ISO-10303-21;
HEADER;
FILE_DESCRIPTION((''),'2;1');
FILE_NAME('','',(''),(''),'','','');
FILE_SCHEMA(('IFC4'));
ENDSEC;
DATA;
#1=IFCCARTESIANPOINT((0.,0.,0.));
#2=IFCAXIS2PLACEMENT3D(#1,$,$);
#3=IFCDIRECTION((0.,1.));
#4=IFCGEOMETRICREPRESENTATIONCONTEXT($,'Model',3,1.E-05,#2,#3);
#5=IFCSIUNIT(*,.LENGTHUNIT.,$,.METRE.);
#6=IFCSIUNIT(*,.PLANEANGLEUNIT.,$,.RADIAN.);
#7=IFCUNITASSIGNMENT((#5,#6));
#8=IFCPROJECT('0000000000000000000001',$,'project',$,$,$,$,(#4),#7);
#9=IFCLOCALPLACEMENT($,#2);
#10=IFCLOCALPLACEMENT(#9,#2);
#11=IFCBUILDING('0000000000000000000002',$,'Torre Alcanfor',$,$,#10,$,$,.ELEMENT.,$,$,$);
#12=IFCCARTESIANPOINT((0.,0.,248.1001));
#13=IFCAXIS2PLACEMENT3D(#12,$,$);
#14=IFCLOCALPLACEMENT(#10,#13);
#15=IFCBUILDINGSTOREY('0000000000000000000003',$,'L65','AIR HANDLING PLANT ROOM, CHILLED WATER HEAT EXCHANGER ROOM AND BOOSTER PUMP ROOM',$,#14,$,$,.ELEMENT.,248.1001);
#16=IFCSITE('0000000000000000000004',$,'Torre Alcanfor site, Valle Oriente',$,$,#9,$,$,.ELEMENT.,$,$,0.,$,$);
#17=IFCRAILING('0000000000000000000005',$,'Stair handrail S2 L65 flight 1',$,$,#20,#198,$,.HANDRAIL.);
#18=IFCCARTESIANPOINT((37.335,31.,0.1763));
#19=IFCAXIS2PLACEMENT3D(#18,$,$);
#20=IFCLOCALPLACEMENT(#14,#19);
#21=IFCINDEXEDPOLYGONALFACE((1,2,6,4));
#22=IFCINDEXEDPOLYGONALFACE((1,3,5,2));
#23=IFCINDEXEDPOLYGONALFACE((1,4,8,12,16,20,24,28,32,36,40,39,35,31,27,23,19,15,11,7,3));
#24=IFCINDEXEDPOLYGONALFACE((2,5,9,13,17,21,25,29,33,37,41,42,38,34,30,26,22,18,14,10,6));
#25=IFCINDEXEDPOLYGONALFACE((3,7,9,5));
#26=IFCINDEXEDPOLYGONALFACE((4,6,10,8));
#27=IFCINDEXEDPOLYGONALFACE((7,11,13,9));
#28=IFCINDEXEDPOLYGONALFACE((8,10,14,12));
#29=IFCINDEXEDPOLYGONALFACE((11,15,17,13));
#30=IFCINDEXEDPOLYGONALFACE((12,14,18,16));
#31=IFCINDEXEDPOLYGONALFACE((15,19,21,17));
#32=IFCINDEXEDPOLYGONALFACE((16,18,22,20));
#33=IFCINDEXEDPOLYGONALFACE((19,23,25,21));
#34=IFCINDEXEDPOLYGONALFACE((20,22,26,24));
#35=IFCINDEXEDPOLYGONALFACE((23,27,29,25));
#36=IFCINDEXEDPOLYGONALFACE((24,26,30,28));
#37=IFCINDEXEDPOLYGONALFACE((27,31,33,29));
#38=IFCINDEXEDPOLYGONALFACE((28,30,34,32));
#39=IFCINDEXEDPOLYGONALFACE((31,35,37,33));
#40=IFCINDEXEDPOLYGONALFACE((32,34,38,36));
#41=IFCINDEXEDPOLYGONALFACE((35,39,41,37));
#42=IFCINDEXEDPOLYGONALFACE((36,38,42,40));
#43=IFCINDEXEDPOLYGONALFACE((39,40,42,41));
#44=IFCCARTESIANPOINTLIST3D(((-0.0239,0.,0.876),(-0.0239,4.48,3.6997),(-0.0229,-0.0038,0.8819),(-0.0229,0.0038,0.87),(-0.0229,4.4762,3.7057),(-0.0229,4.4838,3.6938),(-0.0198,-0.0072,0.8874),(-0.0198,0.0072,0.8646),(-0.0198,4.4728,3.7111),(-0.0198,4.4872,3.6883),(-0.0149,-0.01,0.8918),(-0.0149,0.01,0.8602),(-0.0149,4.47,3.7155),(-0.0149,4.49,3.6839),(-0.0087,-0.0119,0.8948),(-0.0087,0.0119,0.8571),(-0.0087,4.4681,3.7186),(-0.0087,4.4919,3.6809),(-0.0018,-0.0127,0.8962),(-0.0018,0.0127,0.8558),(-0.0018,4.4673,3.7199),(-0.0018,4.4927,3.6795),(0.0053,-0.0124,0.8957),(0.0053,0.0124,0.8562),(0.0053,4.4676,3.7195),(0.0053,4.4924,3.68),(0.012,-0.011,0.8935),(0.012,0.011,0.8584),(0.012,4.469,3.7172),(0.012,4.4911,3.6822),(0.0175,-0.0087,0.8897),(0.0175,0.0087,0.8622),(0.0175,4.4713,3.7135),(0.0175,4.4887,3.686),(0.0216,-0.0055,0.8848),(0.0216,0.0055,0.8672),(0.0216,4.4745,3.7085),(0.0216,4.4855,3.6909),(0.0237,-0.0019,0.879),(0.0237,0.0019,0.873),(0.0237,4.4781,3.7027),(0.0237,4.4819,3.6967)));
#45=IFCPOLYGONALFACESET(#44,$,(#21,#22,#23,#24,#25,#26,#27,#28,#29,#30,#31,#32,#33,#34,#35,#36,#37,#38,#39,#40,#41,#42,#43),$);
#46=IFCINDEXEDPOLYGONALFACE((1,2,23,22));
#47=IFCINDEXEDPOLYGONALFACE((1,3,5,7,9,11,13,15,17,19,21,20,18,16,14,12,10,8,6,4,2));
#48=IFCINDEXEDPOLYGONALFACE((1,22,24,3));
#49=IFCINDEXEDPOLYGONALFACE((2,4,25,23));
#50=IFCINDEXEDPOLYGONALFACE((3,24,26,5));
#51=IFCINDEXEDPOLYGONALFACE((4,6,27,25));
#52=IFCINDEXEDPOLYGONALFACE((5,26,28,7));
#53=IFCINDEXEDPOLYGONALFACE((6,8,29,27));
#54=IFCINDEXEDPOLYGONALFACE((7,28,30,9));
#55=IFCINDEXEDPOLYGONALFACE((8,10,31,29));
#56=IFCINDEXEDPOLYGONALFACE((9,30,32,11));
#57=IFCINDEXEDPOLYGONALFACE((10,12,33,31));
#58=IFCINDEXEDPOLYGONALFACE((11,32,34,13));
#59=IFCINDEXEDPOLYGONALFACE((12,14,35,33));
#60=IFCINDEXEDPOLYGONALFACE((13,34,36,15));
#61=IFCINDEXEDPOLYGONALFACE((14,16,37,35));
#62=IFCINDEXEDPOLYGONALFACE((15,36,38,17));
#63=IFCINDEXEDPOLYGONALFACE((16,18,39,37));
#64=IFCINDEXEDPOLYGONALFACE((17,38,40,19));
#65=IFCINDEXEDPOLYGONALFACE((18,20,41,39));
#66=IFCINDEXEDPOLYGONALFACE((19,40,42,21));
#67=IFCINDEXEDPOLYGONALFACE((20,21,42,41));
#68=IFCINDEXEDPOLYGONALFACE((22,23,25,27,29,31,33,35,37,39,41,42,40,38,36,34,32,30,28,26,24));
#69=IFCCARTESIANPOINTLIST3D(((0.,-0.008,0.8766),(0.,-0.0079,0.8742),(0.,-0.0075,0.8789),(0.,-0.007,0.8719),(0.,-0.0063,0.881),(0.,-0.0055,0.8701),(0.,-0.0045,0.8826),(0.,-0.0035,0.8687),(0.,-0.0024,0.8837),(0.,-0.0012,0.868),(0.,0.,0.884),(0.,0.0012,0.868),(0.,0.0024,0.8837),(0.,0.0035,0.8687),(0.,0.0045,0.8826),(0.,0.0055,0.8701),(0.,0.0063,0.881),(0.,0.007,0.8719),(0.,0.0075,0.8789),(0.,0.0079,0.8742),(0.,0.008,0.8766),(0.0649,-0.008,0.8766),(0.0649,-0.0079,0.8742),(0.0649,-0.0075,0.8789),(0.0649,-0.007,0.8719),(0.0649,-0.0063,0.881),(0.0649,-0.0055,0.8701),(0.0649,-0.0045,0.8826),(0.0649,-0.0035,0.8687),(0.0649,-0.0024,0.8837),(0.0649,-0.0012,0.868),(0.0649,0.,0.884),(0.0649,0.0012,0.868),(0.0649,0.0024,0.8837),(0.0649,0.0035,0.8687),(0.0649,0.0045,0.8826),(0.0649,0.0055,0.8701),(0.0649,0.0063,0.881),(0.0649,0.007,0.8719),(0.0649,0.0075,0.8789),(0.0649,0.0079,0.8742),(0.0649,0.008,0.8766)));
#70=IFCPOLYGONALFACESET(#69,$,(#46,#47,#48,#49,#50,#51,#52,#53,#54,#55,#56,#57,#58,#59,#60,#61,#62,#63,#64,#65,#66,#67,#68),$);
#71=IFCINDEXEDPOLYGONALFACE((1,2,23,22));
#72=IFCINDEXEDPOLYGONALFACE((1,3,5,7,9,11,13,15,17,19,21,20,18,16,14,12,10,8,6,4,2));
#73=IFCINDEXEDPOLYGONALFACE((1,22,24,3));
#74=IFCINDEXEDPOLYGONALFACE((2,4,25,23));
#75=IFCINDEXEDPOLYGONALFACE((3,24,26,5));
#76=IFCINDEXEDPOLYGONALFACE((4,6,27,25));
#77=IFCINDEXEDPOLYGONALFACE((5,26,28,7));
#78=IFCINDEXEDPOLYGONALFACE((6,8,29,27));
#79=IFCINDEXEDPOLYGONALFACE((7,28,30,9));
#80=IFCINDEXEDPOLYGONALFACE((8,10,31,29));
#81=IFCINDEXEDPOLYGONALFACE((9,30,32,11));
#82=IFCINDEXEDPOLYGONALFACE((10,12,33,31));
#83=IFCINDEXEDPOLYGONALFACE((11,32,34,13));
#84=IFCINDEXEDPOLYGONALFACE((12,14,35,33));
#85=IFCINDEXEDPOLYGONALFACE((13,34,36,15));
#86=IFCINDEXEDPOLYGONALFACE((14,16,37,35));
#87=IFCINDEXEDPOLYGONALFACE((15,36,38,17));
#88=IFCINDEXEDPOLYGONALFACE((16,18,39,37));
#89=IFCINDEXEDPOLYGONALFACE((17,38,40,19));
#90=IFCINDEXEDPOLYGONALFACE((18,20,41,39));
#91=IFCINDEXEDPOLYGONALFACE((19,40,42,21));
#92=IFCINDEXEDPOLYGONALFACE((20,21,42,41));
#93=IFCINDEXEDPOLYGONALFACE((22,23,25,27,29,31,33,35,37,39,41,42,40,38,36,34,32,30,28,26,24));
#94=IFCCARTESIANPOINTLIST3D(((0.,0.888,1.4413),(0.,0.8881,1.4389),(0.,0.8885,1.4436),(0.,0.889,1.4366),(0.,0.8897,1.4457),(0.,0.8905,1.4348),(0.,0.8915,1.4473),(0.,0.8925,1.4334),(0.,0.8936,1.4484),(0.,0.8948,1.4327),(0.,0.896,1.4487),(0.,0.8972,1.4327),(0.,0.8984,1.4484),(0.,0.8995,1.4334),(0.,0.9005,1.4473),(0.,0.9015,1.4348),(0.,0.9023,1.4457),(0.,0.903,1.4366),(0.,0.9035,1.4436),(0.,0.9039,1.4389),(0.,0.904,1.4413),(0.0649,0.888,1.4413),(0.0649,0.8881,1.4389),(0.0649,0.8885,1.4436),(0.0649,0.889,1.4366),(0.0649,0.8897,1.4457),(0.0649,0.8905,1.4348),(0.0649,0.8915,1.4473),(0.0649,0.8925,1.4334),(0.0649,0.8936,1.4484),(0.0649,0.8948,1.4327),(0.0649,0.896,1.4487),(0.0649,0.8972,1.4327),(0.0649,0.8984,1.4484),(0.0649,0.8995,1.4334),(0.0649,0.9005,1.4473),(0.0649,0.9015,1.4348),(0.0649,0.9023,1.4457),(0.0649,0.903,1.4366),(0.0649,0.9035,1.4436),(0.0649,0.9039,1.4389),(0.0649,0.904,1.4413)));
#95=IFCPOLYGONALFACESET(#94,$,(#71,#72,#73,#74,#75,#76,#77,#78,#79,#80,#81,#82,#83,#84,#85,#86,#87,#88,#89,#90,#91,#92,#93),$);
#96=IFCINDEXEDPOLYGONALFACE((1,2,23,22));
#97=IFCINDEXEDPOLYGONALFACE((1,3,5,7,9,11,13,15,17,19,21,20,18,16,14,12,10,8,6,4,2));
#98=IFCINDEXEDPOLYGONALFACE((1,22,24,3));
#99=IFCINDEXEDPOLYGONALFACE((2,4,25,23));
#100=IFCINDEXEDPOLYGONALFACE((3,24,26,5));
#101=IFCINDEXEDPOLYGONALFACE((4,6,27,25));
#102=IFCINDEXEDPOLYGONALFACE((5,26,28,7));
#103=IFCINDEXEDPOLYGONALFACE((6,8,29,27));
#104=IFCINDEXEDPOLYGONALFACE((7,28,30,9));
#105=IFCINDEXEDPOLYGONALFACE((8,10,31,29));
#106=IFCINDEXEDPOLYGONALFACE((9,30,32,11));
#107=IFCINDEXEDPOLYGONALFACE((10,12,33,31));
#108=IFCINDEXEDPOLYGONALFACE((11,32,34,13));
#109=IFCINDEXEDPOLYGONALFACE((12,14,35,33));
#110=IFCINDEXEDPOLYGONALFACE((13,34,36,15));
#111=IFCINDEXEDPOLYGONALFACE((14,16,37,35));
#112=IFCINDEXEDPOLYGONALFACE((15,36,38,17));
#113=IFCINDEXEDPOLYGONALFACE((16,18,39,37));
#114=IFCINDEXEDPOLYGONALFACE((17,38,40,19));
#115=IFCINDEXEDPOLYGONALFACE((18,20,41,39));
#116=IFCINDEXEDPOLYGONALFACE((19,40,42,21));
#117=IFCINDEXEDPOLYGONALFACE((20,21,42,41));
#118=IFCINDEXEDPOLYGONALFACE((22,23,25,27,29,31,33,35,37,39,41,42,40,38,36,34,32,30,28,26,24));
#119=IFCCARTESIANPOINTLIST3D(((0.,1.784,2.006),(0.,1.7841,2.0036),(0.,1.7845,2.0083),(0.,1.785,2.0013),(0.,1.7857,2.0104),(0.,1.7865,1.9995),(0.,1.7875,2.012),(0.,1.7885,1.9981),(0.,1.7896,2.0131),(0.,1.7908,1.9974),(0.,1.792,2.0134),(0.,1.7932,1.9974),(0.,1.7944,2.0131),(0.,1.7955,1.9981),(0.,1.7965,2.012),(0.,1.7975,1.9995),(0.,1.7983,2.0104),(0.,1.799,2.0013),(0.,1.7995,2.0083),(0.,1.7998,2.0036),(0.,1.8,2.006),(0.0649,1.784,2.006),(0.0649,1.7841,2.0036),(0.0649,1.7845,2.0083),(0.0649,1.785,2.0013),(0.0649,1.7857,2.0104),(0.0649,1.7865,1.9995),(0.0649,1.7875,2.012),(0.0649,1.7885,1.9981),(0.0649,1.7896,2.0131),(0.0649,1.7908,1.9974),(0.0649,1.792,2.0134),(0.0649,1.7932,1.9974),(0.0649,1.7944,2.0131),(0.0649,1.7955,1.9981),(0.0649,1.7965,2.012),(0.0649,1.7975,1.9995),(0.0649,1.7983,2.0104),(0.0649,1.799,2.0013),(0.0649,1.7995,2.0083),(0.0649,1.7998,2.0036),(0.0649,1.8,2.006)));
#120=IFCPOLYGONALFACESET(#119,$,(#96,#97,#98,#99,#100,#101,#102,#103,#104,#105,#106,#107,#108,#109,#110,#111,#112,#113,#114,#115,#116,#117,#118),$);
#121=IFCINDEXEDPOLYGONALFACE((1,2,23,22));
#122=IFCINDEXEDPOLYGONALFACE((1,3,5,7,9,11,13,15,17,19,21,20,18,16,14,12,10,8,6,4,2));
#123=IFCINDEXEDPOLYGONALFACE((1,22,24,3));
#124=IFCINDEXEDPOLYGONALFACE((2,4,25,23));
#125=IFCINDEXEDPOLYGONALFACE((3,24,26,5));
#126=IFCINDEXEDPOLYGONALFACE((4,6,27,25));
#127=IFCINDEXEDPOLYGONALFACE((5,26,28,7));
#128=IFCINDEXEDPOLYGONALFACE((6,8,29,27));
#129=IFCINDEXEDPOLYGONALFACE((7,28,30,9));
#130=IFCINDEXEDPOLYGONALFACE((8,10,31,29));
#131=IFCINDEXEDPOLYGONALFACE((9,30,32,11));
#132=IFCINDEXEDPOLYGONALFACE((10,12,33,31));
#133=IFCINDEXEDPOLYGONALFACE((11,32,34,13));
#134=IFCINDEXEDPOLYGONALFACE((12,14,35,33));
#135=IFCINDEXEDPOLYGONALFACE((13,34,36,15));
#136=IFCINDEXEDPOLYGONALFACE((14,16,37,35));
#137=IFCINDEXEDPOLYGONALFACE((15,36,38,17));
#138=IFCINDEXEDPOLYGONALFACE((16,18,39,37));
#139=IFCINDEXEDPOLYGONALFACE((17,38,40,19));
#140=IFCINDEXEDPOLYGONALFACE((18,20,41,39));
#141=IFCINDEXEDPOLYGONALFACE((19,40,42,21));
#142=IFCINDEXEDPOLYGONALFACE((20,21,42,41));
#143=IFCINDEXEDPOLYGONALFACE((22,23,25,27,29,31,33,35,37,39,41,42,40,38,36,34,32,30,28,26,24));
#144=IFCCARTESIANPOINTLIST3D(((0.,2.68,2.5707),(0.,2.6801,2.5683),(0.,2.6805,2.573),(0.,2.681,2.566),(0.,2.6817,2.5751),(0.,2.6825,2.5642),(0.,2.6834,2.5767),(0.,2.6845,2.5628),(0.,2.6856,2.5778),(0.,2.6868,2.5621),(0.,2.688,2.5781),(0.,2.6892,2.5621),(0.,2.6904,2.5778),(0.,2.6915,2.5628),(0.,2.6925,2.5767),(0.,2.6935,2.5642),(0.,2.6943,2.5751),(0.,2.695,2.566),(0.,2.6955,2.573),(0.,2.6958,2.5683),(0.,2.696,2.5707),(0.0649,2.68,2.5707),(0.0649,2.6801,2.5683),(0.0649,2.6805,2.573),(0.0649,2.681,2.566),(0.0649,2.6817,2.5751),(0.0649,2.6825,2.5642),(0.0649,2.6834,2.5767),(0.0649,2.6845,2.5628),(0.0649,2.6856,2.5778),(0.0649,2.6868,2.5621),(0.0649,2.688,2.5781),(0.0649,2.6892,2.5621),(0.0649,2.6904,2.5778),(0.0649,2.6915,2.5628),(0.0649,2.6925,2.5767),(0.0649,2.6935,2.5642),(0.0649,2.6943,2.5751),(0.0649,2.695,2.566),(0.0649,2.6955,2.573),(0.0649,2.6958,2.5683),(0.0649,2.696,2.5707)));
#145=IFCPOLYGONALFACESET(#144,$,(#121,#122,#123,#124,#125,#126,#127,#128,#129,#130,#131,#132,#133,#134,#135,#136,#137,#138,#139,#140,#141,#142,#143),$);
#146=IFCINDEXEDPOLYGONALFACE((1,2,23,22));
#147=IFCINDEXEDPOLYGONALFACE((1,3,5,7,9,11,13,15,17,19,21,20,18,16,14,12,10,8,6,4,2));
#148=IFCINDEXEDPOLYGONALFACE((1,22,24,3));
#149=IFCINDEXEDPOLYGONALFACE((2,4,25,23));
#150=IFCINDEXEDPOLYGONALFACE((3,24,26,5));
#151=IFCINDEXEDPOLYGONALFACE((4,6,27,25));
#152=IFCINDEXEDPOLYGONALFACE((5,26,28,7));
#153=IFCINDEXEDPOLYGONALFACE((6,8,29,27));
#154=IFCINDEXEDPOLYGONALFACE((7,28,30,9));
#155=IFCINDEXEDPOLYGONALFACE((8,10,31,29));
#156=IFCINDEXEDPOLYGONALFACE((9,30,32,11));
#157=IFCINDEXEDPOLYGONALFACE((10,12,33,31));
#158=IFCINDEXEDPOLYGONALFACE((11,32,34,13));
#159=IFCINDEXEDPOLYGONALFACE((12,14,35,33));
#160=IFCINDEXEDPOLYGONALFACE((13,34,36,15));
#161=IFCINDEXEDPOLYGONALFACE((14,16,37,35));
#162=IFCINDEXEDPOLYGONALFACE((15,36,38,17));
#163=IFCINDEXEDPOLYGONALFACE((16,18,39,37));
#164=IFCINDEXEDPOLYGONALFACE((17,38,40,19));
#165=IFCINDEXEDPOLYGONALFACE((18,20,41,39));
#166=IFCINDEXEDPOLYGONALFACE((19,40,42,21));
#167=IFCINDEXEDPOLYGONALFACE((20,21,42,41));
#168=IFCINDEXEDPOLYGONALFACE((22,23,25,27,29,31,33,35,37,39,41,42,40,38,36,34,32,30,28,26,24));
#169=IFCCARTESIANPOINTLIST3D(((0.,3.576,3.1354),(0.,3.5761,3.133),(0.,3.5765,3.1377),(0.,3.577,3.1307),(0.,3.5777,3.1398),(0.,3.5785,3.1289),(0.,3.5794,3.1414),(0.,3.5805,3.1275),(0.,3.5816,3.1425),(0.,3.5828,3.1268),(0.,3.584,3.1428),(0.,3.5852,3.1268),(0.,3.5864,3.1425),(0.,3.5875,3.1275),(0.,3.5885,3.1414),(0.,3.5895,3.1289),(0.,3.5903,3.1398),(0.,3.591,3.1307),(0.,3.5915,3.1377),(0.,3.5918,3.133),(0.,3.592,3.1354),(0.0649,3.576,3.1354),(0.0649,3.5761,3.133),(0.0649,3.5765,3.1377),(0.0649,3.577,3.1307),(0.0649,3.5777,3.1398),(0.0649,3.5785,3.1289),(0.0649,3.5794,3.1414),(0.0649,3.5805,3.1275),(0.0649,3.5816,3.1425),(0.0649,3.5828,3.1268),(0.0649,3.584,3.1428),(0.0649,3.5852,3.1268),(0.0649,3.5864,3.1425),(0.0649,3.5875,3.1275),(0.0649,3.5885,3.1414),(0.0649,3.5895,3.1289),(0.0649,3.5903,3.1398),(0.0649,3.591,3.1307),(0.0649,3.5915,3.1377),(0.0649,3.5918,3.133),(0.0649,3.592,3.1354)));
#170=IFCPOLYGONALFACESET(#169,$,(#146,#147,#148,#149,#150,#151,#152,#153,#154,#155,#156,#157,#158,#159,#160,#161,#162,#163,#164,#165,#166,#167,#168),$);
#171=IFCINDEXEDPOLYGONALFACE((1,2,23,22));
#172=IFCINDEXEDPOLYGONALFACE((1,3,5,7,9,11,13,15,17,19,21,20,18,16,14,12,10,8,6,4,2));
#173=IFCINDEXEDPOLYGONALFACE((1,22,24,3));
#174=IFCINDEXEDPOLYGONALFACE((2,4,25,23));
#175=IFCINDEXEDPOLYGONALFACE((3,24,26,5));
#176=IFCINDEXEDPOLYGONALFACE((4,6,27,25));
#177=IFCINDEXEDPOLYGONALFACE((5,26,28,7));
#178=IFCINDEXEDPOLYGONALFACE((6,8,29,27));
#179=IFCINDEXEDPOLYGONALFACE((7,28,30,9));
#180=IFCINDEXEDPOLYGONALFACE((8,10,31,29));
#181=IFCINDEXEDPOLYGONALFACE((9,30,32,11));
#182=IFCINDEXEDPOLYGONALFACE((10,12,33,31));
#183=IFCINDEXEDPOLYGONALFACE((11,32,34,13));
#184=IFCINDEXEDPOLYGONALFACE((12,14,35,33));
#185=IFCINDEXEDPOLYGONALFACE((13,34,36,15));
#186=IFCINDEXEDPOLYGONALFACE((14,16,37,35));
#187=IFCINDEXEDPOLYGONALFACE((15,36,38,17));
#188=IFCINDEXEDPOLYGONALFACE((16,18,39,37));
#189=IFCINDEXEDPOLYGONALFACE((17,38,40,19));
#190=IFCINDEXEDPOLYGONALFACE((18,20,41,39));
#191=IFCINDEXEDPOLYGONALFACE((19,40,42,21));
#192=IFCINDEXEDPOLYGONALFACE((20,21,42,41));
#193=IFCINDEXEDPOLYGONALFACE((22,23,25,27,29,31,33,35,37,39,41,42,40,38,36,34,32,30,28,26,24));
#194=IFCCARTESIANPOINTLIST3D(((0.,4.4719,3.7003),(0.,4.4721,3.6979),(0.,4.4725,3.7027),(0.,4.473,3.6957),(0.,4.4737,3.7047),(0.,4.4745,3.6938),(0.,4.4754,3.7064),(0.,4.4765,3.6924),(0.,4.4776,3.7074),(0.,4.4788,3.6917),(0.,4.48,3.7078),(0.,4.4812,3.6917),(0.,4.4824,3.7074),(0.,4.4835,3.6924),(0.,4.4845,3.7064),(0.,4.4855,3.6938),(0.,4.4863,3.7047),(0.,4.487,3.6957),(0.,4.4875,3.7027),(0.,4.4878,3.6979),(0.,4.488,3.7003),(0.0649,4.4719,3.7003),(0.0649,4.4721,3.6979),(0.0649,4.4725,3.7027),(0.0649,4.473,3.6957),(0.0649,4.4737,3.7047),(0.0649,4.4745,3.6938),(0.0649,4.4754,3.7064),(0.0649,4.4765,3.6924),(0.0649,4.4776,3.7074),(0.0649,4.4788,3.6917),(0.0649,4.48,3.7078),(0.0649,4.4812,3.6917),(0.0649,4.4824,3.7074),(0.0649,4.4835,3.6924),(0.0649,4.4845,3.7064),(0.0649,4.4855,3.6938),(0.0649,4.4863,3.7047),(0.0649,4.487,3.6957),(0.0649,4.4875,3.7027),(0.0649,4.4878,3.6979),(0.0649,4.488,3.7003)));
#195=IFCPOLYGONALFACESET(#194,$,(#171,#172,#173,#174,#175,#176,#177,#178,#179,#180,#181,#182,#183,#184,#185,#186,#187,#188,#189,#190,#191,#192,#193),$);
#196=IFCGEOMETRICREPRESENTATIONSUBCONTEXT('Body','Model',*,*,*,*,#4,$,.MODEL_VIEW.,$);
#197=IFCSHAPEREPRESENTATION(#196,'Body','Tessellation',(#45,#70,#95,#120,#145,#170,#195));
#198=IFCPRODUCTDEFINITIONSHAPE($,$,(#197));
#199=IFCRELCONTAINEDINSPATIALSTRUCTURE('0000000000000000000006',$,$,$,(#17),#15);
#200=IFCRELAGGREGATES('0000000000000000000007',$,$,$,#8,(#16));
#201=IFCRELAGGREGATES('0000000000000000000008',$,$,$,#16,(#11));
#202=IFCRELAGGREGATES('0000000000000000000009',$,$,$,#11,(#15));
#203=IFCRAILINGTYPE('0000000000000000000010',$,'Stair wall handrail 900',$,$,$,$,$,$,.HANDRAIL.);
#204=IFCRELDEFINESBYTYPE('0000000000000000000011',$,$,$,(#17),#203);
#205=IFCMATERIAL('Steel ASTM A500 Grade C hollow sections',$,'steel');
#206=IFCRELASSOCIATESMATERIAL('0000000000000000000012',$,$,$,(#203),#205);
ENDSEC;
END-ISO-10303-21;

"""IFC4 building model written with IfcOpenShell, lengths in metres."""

from ifc_helpers import new_model, si_unit, direction, frame, origin, origin_2d, place, context, subcontext, project, spatial, circle, extrude, material, type_object, element, save


model = new_model("IFC4")

# Units and contexts
model_context = context("Model", 3, precision=1e-05, world=origin(), true_north=direction((0.0, 1.0)))
body_context = subcontext(model_context, "Body", "Model", "MODEL_VIEW")
ifc_project = project(units=[si_unit("LENGTHUNIT", "METRE"), si_unit("PLANEANGLEUNIT", "RADIAN")], contexts=[model_context])

# Site, building, storey
site_placement = place(None, origin())
site = spatial("IfcSite", under=ifc_project, at=site_placement, Name="Torre Alcanfor site, Valle Oriente", CompositionType="ELEMENT", RefElevation=0.0)
building_placement = place(site_placement, origin())
building = spatial("IfcBuilding", under=site, at=building_placement, Name="Torre Alcanfor", CompositionType="ELEMENT")
storey_placement = place(building_placement, frame((0.0, 0.0, 248.1001)))
storey = spatial("IfcBuildingStorey", under=building, at=storey_placement, Name="L65", Description="AIR HANDLING PLANT ROOM, CHILLED WATER HEAT EXCHANGER ROOM AND BOOSTER PUMP ROOM", CompositionType="ELEMENT", Elevation=248.1001)

# Railing
ifc_material_1 = material(Name="Steel ASTM A500 Grade C hollow sections", Category="steel")
railing_type_1 = type_object("IfcRailingType", Name="Stair wall handrail 900", PredefinedType="HANDRAIL", material=ifc_material_1)
railing_1_placement = place(storey_placement, frame((37.335, 31.0, 0.1763)))
element("IfcRailing", 1, at=railing_1_placement, inside=storey, type_object=railing_type_1, Name="Stair handrail S2 L65 flight 1", PredefinedType="HANDRAIL", context=body_context, shape_type="SweptSolid", body=[
    extrude(circle(Radius=0.0239, at=origin_2d()), frame((0.0, 0.0, 0.876), z_axis=(0.0, 0.845977, 0.533219), x_axis=(-1.0, 0.0, 0.0)), (0.0, 0.0, 1.0), 5.2957),
    extrude(circle(Radius=0.0081, at=origin_2d()), frame((0.0, 0.0, 0.876), z_axis=(1.0, 0.0, 0.0), x_axis=(0.0, 0.0, 1.0)), (0.0, 0.0, 1.0), 0.0649),
    extrude(circle(Radius=0.0081, at=origin_2d()), frame((0.0, 0.896, 1.4407), z_axis=(1.0, 0.0, 0.0), x_axis=(0.0, 0.0, 1.0)), (0.0, 0.0, 1.0), 0.0649),
    extrude(circle(Radius=0.0081, at=origin_2d()), frame((0.0, 1.792, 2.0054), z_axis=(1.0, 0.0, 0.0), x_axis=(0.0, 0.0, 1.0)), (0.0, 0.0, 1.0), 0.0649),
    extrude(circle(Radius=0.0081, at=origin_2d()), frame((0.0, 2.688, 2.5701), z_axis=(1.0, 0.0, 0.0), x_axis=(0.0, 0.0, 1.0)), (0.0, 0.0, 1.0), 0.0649),
    extrude(circle(Radius=0.0081, at=origin_2d()), frame((0.0, 3.584, 3.1348), z_axis=(1.0, 0.0, 0.0), x_axis=(0.0, 0.0, 1.0)), (0.0, 0.0, 1.0), 0.0649),
    extrude(circle(Radius=0.0081, at=origin_2d()), frame((0.0, 4.48, 3.6997), z_axis=(1.0, 0.0, 0.0), x_axis=(0.0, 0.0, 1.0)), (0.0, 0.0, 1.0), 0.0649),
])

save(model, "model.ifc")
